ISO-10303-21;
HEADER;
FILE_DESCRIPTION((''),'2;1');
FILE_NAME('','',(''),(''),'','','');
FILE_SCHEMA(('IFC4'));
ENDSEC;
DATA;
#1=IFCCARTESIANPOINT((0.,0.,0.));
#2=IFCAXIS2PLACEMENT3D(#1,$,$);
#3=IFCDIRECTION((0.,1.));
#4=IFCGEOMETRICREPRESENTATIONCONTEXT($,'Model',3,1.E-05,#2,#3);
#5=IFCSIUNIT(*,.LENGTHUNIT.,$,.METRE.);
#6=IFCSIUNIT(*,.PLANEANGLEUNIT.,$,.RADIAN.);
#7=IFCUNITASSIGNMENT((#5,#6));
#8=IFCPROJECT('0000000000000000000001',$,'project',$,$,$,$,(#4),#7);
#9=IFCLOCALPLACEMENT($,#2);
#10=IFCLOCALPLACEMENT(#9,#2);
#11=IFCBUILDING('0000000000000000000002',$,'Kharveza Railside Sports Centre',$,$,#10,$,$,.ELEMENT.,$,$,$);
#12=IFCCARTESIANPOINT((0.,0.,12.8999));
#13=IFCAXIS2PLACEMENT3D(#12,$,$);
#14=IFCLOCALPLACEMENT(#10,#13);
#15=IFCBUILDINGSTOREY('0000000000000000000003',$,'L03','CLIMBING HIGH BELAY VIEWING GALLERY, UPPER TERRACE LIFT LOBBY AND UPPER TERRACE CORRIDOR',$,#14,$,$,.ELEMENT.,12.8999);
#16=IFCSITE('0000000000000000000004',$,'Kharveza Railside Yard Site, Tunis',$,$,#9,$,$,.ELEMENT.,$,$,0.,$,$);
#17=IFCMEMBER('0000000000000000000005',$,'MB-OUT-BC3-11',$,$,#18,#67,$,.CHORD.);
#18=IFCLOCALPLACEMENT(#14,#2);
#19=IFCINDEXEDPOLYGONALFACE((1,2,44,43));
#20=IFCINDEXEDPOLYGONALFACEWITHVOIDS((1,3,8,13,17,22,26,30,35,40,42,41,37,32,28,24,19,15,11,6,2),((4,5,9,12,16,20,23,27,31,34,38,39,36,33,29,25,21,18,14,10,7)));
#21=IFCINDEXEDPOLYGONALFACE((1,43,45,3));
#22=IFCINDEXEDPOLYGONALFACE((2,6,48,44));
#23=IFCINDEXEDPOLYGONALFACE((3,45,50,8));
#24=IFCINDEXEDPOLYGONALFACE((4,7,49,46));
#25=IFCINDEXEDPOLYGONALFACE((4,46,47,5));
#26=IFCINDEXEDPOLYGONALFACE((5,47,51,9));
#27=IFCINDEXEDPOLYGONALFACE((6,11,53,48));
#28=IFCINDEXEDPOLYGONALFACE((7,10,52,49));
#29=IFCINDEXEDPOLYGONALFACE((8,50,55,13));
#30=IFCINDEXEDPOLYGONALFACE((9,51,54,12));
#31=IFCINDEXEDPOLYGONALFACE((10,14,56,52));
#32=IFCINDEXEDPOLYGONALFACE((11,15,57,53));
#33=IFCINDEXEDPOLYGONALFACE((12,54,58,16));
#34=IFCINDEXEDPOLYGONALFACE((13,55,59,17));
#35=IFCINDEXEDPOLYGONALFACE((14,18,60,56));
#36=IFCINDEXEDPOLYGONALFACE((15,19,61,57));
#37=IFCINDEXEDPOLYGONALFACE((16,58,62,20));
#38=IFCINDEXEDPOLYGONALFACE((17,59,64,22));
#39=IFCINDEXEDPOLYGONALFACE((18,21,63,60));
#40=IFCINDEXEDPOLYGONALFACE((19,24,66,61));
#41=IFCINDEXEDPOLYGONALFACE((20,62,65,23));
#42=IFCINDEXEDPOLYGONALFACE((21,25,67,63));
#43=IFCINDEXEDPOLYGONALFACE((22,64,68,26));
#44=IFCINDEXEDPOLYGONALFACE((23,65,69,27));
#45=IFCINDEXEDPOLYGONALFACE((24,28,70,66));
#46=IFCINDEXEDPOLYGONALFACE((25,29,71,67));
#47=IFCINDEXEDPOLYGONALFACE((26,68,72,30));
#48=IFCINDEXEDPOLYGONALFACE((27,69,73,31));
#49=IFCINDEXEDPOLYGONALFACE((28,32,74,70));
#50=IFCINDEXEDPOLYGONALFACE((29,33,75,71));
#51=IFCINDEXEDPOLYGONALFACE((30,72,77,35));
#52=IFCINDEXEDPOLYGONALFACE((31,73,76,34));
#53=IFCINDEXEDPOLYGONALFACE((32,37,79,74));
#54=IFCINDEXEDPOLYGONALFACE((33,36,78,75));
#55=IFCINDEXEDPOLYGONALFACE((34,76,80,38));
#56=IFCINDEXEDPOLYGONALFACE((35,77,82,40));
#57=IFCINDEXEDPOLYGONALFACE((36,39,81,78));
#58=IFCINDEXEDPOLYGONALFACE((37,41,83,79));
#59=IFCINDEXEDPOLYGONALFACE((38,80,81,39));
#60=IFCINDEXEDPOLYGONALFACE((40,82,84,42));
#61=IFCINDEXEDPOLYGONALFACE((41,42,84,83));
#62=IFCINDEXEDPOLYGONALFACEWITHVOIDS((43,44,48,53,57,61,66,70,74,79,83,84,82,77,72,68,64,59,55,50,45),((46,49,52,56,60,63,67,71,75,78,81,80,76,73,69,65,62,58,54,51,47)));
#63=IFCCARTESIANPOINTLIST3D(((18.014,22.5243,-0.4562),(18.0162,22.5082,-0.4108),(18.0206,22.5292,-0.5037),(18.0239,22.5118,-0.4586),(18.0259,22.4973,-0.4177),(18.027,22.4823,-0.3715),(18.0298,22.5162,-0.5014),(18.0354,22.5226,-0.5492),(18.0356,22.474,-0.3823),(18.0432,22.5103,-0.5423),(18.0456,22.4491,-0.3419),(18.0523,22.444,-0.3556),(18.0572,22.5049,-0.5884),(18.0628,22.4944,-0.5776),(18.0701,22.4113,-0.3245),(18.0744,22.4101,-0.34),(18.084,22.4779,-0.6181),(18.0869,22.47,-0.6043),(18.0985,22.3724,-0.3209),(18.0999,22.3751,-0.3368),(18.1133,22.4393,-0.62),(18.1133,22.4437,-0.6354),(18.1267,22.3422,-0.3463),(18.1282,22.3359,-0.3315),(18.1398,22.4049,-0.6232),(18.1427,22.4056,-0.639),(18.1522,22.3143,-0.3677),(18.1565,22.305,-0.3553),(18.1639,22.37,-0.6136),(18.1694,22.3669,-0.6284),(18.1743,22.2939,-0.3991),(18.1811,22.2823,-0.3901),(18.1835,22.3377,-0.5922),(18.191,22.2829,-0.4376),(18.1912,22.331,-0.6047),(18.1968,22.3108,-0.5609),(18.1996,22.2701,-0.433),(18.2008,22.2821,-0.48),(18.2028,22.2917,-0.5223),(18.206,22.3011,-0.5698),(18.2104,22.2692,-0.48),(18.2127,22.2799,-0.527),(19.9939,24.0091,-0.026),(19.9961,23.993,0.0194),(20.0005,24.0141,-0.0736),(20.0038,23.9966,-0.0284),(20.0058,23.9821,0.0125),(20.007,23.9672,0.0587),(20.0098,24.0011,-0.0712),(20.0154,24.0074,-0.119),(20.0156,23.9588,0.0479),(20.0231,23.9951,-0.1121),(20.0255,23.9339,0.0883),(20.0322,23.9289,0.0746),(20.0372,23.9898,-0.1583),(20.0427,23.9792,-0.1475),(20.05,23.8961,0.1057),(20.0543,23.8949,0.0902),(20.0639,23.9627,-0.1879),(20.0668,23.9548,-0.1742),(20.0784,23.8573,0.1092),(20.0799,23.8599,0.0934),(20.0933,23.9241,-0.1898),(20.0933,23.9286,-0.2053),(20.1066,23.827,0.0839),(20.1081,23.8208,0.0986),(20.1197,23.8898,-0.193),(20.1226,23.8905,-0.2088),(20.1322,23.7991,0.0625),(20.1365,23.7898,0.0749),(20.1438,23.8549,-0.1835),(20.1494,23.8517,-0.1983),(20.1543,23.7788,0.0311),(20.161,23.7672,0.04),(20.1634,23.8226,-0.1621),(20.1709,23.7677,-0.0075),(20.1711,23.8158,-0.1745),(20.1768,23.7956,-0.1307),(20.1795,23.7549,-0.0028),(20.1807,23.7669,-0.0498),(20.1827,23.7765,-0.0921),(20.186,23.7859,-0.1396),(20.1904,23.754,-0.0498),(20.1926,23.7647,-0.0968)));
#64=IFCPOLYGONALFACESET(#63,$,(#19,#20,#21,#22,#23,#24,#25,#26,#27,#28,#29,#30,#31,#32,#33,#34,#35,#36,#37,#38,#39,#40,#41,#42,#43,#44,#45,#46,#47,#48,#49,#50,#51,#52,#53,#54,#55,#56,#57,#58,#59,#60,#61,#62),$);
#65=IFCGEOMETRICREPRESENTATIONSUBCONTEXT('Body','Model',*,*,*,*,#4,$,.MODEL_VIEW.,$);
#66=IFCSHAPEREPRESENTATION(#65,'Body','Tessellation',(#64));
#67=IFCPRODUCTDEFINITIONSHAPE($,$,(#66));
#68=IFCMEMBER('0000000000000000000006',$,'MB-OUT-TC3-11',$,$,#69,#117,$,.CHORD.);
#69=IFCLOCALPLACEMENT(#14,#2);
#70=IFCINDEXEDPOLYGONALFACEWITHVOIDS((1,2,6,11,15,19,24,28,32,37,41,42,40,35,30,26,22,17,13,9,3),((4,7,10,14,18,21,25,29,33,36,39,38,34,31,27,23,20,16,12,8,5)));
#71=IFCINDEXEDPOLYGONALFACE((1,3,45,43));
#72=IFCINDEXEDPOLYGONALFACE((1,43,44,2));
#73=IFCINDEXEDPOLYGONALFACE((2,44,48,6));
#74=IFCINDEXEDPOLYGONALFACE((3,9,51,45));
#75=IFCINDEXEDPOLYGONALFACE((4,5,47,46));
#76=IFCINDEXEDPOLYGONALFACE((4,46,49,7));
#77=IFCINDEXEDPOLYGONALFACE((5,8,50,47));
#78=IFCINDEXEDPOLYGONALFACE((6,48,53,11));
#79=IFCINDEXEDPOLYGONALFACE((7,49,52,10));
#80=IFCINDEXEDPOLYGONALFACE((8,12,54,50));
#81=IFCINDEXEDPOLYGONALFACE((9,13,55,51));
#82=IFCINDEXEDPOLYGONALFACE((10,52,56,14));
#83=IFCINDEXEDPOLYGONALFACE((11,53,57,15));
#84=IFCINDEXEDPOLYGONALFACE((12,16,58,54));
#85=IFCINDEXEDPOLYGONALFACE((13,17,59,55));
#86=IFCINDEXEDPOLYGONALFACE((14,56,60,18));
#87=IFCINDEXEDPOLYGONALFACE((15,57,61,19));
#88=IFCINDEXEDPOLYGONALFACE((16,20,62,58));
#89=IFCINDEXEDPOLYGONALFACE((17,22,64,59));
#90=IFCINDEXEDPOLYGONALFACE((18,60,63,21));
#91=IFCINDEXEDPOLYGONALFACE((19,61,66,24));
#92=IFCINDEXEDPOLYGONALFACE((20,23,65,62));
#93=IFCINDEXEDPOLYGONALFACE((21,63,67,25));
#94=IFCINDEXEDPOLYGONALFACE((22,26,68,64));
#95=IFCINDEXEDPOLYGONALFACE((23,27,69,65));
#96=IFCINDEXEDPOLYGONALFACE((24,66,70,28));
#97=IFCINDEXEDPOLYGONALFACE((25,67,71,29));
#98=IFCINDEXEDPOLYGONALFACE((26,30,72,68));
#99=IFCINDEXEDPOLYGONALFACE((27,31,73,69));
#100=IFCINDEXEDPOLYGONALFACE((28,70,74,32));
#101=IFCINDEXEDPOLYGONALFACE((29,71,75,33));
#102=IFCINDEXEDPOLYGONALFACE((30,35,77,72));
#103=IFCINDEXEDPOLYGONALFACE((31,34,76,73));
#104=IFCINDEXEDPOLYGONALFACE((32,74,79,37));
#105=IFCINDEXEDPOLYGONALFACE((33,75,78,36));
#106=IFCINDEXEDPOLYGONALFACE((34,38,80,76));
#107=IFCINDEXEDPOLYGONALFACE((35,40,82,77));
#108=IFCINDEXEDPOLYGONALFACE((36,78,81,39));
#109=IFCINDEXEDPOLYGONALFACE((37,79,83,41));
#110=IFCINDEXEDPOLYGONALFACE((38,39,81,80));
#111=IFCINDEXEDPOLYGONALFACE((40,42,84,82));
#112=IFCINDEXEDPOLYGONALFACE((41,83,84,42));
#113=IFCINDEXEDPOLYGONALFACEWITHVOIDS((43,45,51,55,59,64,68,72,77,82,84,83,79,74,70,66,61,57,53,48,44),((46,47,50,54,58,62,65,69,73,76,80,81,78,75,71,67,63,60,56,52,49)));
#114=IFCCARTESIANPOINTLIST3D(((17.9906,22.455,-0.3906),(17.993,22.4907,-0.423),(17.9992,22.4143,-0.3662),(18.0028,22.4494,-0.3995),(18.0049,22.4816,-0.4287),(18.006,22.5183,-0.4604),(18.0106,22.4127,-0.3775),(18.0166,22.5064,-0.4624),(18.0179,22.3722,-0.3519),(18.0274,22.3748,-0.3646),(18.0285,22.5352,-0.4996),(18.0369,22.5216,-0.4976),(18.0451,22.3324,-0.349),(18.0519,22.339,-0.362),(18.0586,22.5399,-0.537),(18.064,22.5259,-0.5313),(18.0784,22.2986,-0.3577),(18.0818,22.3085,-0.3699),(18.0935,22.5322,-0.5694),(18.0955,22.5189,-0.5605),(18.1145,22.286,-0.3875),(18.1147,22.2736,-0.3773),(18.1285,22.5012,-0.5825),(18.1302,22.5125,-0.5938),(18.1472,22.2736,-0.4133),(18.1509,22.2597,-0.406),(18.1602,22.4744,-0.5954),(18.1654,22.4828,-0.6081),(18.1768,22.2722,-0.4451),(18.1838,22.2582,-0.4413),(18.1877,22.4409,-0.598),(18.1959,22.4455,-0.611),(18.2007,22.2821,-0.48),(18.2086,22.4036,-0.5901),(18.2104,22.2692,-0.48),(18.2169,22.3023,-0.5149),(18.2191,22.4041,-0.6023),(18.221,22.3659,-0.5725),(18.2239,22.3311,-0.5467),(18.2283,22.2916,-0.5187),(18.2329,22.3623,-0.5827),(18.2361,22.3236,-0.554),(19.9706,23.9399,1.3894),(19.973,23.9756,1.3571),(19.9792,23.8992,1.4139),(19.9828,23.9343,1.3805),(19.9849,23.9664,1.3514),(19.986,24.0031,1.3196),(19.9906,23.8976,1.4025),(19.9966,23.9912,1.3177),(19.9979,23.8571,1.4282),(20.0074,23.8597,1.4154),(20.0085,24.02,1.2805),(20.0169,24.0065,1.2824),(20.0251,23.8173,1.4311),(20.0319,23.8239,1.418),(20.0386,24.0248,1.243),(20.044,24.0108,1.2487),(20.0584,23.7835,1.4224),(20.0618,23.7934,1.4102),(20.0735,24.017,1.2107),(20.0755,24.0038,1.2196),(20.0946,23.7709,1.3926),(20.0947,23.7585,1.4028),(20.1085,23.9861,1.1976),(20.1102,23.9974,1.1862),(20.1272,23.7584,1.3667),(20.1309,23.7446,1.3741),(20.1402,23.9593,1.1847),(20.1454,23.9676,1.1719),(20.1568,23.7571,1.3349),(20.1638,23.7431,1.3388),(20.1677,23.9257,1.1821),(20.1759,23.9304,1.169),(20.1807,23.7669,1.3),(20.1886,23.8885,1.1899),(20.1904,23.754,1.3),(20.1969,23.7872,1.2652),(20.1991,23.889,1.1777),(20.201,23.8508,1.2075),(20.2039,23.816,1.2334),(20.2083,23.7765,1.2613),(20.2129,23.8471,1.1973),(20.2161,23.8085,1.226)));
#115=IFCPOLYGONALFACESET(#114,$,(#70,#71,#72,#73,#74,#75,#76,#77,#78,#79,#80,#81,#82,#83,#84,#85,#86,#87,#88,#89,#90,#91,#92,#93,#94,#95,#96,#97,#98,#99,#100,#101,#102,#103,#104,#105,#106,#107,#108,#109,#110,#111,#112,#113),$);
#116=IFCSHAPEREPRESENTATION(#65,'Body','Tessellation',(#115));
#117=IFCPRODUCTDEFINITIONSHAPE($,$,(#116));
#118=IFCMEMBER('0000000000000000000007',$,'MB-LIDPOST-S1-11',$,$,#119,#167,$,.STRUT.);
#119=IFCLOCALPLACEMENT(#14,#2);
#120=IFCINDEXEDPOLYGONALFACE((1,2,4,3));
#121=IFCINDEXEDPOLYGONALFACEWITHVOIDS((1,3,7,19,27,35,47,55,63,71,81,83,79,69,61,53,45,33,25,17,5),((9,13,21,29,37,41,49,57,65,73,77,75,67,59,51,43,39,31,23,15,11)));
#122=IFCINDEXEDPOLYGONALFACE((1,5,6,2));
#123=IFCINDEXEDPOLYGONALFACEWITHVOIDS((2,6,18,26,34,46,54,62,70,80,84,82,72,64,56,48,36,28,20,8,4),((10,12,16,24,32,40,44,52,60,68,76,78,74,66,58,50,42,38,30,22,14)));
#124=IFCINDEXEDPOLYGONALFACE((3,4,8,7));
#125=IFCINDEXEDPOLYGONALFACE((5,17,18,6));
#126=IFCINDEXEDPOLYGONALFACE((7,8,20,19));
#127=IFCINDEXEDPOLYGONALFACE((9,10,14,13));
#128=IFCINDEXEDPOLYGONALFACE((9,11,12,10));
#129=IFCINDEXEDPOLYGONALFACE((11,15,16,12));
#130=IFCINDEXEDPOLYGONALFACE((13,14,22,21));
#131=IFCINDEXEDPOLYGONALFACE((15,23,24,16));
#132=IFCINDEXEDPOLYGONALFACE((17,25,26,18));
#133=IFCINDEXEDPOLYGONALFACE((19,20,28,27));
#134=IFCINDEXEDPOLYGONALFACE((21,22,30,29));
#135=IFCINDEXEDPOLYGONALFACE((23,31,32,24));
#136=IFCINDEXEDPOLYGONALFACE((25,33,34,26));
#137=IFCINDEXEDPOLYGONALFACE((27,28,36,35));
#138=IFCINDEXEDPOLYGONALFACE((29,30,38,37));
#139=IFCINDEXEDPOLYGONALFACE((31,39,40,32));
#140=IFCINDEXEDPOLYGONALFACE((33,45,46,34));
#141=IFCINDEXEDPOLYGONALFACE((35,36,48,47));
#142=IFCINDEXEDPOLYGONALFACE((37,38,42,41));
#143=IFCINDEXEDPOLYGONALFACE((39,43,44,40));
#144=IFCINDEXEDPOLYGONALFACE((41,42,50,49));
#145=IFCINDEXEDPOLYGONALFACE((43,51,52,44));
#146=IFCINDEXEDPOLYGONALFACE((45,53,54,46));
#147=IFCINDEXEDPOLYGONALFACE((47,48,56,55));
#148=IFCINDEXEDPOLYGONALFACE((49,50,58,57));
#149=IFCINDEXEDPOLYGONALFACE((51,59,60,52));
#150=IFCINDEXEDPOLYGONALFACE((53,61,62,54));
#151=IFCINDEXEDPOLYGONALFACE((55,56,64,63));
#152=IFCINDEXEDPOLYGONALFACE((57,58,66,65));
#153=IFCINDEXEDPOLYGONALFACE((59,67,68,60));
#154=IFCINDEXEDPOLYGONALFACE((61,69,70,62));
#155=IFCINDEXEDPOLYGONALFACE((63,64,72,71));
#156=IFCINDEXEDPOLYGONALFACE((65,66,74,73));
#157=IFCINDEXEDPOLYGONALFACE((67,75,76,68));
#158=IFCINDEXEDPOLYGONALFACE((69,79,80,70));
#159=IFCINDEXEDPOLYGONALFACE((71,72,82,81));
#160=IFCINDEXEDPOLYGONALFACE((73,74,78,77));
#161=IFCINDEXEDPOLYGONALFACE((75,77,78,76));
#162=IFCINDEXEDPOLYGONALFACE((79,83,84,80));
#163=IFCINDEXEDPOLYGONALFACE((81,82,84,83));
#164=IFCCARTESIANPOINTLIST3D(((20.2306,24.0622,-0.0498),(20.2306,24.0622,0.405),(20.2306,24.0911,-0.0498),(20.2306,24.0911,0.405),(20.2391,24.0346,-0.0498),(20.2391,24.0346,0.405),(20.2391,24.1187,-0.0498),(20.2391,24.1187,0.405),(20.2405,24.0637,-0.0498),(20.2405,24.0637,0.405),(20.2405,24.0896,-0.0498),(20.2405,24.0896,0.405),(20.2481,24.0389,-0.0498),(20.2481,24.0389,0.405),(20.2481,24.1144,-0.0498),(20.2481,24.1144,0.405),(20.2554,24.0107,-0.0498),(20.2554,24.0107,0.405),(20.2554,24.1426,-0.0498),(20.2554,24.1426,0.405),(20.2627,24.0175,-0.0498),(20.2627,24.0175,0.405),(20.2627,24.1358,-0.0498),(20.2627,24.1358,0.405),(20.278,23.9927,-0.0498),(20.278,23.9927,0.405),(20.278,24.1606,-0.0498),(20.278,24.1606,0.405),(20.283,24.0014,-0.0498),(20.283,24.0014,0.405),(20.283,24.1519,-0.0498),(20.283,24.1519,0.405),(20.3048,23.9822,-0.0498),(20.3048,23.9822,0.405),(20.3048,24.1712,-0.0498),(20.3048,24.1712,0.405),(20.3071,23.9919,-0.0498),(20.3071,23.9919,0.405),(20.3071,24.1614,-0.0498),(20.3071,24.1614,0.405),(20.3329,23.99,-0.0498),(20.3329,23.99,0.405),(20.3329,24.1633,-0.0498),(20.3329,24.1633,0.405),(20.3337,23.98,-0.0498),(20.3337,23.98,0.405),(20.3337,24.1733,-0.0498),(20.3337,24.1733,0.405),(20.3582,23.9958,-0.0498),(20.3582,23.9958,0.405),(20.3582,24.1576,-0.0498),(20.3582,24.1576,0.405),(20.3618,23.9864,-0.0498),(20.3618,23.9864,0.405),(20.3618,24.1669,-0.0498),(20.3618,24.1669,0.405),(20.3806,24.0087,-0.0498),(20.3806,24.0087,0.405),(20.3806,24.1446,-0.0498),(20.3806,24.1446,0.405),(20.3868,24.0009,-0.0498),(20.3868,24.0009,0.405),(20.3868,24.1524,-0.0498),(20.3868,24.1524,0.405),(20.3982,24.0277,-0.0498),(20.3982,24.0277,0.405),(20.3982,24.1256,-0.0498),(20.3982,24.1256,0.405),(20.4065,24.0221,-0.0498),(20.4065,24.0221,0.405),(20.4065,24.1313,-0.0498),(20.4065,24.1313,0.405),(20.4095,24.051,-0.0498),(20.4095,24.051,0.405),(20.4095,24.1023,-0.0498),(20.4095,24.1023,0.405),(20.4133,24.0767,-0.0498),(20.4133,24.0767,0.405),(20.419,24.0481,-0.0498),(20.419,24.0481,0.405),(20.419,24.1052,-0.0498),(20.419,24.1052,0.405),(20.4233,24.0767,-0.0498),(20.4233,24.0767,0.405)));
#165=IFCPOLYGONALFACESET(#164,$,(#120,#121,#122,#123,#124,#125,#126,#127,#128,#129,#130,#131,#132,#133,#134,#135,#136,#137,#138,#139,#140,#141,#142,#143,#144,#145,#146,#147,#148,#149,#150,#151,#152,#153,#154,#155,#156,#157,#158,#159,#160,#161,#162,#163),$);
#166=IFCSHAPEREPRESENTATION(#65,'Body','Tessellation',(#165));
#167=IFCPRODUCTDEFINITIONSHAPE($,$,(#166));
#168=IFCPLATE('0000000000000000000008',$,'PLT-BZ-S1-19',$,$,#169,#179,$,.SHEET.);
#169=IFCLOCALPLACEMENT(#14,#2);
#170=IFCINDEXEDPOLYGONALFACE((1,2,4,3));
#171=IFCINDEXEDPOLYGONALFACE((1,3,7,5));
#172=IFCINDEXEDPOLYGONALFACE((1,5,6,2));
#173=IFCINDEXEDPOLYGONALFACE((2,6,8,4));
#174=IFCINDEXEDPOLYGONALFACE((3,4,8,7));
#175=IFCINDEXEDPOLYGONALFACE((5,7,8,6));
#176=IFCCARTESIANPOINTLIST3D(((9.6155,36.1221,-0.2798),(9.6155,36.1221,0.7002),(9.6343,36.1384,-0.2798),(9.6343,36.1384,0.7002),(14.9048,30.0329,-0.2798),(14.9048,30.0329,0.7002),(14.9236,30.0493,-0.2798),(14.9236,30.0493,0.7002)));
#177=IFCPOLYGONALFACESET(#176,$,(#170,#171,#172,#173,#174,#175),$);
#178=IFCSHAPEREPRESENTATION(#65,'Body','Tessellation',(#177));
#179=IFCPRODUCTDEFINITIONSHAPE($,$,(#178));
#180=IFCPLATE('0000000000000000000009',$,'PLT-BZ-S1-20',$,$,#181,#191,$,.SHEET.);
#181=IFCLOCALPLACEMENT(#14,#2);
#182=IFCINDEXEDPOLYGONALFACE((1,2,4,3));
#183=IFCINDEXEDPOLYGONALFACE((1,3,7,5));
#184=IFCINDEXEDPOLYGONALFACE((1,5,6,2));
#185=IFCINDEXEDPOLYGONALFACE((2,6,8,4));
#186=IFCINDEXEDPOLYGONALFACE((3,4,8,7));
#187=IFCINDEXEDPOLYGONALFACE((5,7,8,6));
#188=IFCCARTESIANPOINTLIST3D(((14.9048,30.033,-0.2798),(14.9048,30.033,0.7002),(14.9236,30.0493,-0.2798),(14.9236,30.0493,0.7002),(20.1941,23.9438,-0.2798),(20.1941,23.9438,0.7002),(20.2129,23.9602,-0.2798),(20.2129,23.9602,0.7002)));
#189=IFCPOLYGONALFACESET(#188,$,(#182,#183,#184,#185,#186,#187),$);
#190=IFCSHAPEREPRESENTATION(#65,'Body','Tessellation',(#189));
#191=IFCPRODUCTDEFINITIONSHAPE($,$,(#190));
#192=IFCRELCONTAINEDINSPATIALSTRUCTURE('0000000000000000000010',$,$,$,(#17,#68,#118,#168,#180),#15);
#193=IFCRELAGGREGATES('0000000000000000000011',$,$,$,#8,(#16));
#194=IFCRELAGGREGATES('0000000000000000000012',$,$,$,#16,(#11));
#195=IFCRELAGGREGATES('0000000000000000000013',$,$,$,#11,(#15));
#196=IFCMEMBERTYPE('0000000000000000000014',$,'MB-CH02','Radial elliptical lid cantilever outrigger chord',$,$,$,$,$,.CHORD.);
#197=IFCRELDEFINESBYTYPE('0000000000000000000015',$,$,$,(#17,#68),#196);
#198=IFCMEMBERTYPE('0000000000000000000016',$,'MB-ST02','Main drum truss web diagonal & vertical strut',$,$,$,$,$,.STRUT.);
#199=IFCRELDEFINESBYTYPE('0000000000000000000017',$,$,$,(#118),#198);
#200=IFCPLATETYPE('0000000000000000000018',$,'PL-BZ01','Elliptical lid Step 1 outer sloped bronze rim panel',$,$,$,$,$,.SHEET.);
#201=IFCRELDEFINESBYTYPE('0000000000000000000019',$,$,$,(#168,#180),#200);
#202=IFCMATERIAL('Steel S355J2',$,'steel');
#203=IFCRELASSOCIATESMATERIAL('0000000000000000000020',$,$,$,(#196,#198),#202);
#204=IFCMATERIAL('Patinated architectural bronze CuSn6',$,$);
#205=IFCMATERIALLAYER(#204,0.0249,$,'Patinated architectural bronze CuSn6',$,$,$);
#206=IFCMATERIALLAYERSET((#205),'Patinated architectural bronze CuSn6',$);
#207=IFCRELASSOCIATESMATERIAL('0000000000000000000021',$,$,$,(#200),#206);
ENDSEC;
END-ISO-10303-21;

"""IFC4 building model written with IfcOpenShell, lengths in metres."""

from ifc_helpers import new_model, si_unit, direction, frame, origin, origin_2d, place, context, subcontext, project, spatial, rectangle, hollow_circle, extrude, material, layer, layer_set, material_profile, profile_set, type_object, element, save


model = new_model("IFC4")

# Units and contexts
model_context = context("Model", 3, precision=1e-05, world=origin(), true_north=direction((0.0, 1.0)))
body_context = subcontext(model_context, "Body", "Model", "MODEL_VIEW")
ifc_project = project(units=[si_unit("LENGTHUNIT", "METRE"), si_unit("PLANEANGLEUNIT", "RADIAN")], contexts=[model_context])

# Site, building, storey
site_placement = place(None, origin())
site = spatial("IfcSite", under=ifc_project, at=site_placement, Name="Kharveza Railside Yard Site, Tunis", CompositionType="ELEMENT", RefElevation=0.0)
building_placement = place(site_placement, origin())
building = spatial("IfcBuilding", under=site, at=building_placement, Name="Kharveza Railside Sports Centre", CompositionType="ELEMENT")
storey_placement = place(building_placement, frame((0.0, 0.0, 12.8999)))
storey = spatial("IfcBuildingStorey", under=building, at=storey_placement, Name="L03", Description="CLIMBING HIGH BELAY VIEWING GALLERY, UPPER TERRACE LIFT LOBBY AND UPPER TERRACE CORRIDOR", CompositionType="ELEMENT", Elevation=12.8999)

# Shared definitions
ifc_material_1 = material(Name="Steel S355J2", Category="steel")

# Members
ifc_material_profile_1 = material_profile(ifc_material_1, hollow_circle(Radius=0.1619, WallThickness=0.0161, at=origin_2d()), Name="CHS 323.9x16.0")
ifc_profile_set_1 = profile_set([ifc_material_profile_1], Name="Steel S355J2")
member_type_1 = type_object("IfcMemberType", Name="MB-CH02", Description="Radial elliptical lid cantilever outrigger chord", PredefinedType="CHORD", material=ifc_profile_set_1)
member_1_placement = place(storey_placement, frame((20.0933, 23.8835, -0.0498), z_axis=(-0.788206, -0.591106, -0.171248), x_axis=(0.599968, -0.800024, 0.0)))
element("IfcMember", 1, at=member_1_placement, inside=storey, type_object=member_type_1, Name="MB-OUT-BC3-11", PredefinedType="CHORD", context=body_context, shape_type="SweptSolid", body=[
    extrude(hollow_circle(Radius=0.1619, WallThickness=0.0161, at=origin_2d()), origin(), (0.0, 0.0, 1.0), 2.512),
])
member_2_placement = place(storey_placement, frame((20.0933, 23.8835, 1.3), z_axis=(-0.649483, -0.487072, -0.583894), x_axis=(0.599968, -0.800024, 0.0)))
element("IfcMember", 2, at=member_2_placement, inside=storey, type_object=member_type_1, Name="MB-OUT-TC3-11", PredefinedType="CHORD", context=body_context, shape_type="SweptSolid", body=[
    extrude(hollow_circle(Radius=0.1619, WallThickness=0.0161, at=origin_2d()), origin(), (0.0, 0.0, 1.0), 3.0486),
])
ifc_material_profile_2 = material_profile(ifc_material_1, hollow_circle(Radius=0.0969, WallThickness=0.01, at=origin_2d()), Name="CHS 193.7x10.0")
ifc_profile_set_2 = profile_set([ifc_material_profile_2], Name="Steel S355J2")
member_type_2 = type_object("IfcMemberType", Name="MB-ST02", Description="Main drum truss web diagonal & vertical strut", PredefinedType="STRUT", material=ifc_profile_set_2)
member_3_placement = place(storey_placement, frame((20.3264, 24.0767, -0.0498), z_axis=(0.0, 0.0, 1.0), x_axis=(1.0, 0.0, 0.0)))
element("IfcMember", 3, at=member_3_placement, inside=storey, type_object=member_type_2, Name="MB-LIDPOST-S1-11", PredefinedType="STRUT", context=body_context, shape_type="SweptSolid", body=[
    extrude(hollow_circle(Radius=0.0969, WallThickness=0.01, at=origin_2d()), origin(), (0.0, 0.0, 1.0), 0.4548),
])

# Plates
ifc_material_2 = material(Name="Patinated architectural bronze CuSn6")
ifc_layer_1 = layer(ifc_material_2, 0.0249, Name="Patinated architectural bronze CuSn6")
ifc_layer_set_1 = layer_set([ifc_layer_1], Name="Patinated architectural bronze CuSn6")
plate_type_1 = type_object("IfcPlateType", Name="PL-BZ01", Description="Elliptical lid Step 1 outer sloped bronze rim panel", PredefinedType="SHEET", material=ifc_layer_set_1)
for number, where, z_axis, x_axis, name in (
    (4, (12.2695, 33.0857, -0.2798), (0.0, 0.0, 1.0), (0.655782, -0.75495, 0.0), "PLT-BZ-S1-19"),
    (5, (17.5588, 26.9966, -0.2798), (0.0, 0.0, 1.0), (0.655782, -0.75495, 0.0), "PLT-BZ-S1-20"),
):
    element("IfcPlate", number, at=place(storey_placement, frame(where, z_axis=z_axis, x_axis=x_axis)), inside=storey, type_object=plate_type_1, Name=name, PredefinedType="SHEET", context=body_context, shape_type="SweptSolid", body=[
        extrude(rectangle(XDim=8.0657, YDim=0.0249, at=origin_2d()), origin(), (0.0, 0.0, 1.0), 0.98),
    ])

save(model, "model.ifc")
